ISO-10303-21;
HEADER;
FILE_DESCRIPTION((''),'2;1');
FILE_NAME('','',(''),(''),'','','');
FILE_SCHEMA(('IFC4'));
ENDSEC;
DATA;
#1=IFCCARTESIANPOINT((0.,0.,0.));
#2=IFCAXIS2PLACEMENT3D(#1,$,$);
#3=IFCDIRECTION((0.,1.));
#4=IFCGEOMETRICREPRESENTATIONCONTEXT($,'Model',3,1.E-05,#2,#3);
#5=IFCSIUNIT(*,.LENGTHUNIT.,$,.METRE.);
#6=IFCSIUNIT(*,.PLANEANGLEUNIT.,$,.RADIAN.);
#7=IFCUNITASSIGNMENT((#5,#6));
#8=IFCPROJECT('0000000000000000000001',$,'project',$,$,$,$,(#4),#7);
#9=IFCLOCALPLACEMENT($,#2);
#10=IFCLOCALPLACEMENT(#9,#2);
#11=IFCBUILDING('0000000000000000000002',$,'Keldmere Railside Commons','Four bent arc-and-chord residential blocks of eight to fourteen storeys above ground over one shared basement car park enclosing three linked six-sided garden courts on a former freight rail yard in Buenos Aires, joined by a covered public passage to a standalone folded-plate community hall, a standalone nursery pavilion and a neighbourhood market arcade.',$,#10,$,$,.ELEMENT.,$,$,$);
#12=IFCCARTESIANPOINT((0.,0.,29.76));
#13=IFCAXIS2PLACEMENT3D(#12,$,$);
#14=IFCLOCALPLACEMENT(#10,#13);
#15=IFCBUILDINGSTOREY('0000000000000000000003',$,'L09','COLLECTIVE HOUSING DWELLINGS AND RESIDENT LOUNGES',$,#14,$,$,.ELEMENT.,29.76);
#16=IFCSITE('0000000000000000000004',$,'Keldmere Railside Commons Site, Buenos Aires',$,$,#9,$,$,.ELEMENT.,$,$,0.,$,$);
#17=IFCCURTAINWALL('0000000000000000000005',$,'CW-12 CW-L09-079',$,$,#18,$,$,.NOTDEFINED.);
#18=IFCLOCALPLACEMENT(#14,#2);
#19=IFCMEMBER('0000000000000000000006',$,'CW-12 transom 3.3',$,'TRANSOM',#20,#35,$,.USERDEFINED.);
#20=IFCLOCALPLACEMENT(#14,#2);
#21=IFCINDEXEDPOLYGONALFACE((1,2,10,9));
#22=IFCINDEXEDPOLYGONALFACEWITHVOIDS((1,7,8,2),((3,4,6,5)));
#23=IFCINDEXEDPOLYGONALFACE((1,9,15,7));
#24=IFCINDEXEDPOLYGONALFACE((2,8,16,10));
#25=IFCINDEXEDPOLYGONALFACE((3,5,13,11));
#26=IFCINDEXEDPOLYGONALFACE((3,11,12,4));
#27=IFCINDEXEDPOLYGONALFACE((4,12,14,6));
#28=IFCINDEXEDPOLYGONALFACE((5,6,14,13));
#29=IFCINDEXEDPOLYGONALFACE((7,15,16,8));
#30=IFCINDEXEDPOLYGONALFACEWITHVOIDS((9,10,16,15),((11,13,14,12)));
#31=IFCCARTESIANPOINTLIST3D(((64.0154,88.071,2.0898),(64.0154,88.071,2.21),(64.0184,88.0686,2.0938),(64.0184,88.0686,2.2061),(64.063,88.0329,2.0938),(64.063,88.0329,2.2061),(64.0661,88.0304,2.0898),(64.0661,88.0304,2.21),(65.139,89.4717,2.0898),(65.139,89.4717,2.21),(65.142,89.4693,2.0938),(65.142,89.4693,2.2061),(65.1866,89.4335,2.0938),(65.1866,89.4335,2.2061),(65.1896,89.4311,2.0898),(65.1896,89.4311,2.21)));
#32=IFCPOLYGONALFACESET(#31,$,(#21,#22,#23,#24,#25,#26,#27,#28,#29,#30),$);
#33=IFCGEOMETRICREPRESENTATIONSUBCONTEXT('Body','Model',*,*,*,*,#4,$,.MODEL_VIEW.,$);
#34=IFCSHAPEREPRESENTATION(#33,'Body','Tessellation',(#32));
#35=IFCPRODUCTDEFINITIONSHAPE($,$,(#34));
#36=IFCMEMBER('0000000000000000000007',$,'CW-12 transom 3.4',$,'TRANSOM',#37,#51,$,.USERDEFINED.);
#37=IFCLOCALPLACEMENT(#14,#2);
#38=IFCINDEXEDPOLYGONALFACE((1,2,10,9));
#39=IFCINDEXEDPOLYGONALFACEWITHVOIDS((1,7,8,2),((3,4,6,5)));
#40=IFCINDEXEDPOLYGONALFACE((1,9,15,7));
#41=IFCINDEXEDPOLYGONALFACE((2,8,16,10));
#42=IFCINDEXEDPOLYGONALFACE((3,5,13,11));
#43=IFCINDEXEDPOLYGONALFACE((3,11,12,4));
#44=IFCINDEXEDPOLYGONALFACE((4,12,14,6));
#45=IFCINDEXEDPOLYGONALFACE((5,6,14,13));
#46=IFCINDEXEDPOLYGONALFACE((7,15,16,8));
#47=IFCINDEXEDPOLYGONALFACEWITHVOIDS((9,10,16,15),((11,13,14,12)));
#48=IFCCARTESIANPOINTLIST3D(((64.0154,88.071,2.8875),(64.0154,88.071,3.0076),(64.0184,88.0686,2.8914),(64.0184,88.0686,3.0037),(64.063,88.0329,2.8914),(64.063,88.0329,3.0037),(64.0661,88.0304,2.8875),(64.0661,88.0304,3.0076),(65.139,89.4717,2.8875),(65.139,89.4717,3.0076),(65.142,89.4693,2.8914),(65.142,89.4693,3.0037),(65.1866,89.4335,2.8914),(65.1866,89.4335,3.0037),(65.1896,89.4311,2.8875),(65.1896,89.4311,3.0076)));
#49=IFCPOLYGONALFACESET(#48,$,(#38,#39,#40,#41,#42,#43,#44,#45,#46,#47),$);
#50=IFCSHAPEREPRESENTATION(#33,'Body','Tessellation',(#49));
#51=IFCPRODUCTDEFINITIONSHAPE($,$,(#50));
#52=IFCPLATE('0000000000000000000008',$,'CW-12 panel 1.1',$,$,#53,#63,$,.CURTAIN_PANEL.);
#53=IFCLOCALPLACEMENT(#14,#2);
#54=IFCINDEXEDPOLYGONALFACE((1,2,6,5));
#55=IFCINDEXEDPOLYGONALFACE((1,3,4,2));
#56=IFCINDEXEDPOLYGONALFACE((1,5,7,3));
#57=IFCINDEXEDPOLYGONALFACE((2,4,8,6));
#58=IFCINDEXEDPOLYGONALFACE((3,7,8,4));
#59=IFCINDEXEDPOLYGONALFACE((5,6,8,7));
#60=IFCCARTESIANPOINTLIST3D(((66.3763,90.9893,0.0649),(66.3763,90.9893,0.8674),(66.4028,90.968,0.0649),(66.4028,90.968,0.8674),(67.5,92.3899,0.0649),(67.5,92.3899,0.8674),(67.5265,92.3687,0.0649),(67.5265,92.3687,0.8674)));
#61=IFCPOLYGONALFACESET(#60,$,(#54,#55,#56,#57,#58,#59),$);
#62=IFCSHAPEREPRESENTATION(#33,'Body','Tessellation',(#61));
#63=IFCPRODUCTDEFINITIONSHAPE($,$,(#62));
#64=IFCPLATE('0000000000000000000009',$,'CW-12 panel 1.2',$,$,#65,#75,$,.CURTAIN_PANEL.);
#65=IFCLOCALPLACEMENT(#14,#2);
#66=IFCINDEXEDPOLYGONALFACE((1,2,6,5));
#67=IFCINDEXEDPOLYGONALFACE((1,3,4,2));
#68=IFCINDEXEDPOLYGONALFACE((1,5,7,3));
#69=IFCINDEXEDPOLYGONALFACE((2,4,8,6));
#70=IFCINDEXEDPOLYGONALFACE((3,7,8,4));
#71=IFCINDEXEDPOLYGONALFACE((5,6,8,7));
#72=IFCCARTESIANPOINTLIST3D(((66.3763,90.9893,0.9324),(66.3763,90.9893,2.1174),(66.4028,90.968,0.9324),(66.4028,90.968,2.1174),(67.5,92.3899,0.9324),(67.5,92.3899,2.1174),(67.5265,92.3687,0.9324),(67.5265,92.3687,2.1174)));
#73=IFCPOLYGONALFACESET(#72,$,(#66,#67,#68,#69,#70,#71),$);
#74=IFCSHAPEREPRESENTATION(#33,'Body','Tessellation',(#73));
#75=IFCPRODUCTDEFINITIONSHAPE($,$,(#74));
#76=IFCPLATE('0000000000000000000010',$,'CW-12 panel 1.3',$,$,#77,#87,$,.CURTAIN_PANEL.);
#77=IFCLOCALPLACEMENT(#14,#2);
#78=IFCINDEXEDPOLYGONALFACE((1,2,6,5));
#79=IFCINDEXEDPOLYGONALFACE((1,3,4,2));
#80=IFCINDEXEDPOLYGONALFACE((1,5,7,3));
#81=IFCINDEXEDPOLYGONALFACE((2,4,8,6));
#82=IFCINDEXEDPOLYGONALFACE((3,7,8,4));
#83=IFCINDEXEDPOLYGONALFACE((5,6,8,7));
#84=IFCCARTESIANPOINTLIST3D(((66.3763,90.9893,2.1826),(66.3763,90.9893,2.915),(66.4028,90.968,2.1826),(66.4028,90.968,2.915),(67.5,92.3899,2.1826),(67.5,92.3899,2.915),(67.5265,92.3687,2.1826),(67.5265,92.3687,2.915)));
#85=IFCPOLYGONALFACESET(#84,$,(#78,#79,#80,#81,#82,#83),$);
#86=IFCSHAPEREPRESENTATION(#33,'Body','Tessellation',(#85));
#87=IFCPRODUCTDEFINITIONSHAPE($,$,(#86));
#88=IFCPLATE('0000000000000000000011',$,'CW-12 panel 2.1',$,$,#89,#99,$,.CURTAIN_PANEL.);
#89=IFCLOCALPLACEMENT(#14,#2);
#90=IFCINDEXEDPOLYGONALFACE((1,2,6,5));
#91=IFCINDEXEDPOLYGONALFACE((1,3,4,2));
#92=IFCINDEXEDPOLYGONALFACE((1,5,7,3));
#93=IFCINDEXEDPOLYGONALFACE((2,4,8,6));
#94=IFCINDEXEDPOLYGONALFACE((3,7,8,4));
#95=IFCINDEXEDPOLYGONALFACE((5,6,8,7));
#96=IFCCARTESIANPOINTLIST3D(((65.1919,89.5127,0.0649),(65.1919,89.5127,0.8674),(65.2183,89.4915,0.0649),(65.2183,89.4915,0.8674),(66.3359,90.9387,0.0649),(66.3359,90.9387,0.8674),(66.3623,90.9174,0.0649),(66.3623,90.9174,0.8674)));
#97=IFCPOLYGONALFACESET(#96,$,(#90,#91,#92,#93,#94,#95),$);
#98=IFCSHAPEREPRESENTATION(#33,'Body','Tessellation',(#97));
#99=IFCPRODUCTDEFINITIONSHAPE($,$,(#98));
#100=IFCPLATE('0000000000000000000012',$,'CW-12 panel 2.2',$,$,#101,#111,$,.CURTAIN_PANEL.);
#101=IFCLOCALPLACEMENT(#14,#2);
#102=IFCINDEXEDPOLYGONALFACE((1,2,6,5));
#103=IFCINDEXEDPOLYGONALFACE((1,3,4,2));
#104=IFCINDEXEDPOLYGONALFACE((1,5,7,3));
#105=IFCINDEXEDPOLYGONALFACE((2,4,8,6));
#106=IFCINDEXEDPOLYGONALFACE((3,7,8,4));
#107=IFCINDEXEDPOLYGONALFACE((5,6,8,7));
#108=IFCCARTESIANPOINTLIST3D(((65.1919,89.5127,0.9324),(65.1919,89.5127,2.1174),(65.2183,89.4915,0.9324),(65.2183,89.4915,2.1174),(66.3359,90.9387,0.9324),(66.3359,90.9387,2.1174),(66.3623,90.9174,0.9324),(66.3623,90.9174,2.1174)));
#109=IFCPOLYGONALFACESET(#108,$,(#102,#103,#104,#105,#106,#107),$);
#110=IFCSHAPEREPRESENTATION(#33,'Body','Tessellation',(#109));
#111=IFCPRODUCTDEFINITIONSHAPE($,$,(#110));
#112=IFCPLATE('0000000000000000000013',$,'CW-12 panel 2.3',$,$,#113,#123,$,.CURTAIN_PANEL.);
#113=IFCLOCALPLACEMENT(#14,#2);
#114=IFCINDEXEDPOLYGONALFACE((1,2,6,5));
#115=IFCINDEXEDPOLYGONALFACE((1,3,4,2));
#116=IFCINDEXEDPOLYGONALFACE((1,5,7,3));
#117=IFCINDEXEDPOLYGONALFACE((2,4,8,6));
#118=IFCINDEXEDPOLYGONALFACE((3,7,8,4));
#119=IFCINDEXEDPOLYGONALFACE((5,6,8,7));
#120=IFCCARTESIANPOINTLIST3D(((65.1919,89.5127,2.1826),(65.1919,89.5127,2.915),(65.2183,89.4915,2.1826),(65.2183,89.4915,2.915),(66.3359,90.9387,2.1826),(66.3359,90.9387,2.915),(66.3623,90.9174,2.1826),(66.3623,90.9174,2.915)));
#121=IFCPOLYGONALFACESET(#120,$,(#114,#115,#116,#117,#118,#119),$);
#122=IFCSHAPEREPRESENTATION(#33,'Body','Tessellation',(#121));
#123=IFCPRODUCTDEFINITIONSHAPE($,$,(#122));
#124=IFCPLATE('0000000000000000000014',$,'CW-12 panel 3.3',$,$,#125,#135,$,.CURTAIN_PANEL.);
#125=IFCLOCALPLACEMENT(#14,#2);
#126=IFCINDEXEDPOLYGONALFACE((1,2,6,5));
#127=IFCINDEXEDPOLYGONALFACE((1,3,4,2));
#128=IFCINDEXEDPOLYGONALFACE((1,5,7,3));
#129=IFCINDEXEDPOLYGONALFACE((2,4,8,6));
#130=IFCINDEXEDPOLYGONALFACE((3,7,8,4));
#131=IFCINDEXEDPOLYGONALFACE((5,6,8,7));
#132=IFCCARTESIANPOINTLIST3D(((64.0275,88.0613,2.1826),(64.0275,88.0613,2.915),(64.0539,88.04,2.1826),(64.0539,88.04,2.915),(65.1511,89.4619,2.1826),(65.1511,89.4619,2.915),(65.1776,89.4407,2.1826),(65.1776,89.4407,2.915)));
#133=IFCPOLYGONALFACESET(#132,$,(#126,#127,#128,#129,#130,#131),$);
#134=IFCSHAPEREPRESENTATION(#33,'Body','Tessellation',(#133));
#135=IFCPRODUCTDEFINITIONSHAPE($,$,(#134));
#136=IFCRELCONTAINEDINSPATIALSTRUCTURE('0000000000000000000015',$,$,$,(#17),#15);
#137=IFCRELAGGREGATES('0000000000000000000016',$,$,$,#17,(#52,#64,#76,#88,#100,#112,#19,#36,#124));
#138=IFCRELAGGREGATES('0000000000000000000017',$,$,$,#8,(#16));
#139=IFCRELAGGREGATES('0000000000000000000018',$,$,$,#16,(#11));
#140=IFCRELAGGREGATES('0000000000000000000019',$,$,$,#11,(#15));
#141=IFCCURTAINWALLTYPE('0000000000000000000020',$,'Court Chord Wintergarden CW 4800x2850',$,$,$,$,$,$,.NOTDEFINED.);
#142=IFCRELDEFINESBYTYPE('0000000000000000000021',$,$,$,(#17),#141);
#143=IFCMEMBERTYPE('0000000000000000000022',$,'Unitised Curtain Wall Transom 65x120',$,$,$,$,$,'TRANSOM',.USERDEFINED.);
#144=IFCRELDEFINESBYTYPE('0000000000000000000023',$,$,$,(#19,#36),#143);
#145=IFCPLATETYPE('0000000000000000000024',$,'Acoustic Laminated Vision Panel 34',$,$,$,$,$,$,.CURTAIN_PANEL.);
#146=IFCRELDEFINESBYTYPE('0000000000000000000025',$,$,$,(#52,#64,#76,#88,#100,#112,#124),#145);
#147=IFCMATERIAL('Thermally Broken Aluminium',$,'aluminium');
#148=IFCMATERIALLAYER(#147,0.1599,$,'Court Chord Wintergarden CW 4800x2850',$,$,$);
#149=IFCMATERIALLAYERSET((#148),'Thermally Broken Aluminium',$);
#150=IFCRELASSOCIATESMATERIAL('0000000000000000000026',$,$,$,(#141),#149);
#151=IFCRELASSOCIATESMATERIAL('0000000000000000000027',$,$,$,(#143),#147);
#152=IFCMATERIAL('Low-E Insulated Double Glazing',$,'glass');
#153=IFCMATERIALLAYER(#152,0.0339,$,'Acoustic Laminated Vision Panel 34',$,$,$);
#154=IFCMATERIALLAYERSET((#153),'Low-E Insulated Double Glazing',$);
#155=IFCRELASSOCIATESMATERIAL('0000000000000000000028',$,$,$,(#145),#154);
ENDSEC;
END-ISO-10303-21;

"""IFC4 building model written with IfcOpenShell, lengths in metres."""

from ifc_helpers import new_model, si_unit, direction, frame, origin, origin_2d, place, context, subcontext, project, spatial, rectangle, hollow_rectangle, extrude, material, layer, layer_set, material_profile, profile_set, type_object, element, aggregate, save


model = new_model("IFC4")

# Units and contexts
model_context = context("Model", 3, precision=1e-05, world=origin(), true_north=direction((0.0, 1.0)))
body_context = subcontext(model_context, "Body", "Model", "MODEL_VIEW")
ifc_project = project(units=[si_unit("LENGTHUNIT", "METRE"), si_unit("PLANEANGLEUNIT", "RADIAN")], contexts=[model_context])

# Site, building, storey
site_placement = place(None, origin())
site = spatial("IfcSite", under=ifc_project, at=site_placement, Name="Keldmere Railside Commons Site, Buenos Aires", CompositionType="ELEMENT", RefElevation=0.0)
building_placement = place(site_placement, origin())
building = spatial("IfcBuilding", under=site, at=building_placement, Name="Keldmere Railside Commons", Description="Four bent arc-and-chord residential blocks of eight to fourteen storeys above ground over one shared basement car park enclosing three linked six-sided garden courts on a former freight rail yard in Buenos Aires, joined by a covered public passage to a standalone folded-plate community hall, a standalone nursery pavilion and a neighbourhood market arcade.", CompositionType="ELEMENT")
storey_placement = place(building_placement, frame((0.0, 0.0, 29.76)))
storey = spatial("IfcBuildingStorey", under=building, at=storey_placement, Name="L09", Description="COLLECTIVE HOUSING DWELLINGS AND RESIDENT LOUNGES", CompositionType="ELEMENT", Elevation=29.76)

# Curtain wall, members, plates
ifc_material_1 = material(Name="Thermally Broken Aluminium", Category="aluminium")
ifc_layer_1 = layer(ifc_material_1, 0.1599, Name="Court Chord Wintergarden CW 4800x2850")
ifc_layer_set_1 = layer_set([ifc_layer_1], Name="Thermally Broken Aluminium")
curtain_wall_type = type_object("IfcCurtainWallType", Name="Court Chord Wintergarden CW 4800x2850", PredefinedType="NOTDEFINED", material=ifc_layer_set_1)
curtain_wall_placement = place(storey_placement, origin())
curtain_wall = element("IfcCurtainWall", 1, at=curtain_wall_placement, inside=storey, type_object=curtain_wall_type, Name="CW-12 CW-L09-079", PredefinedType="NOTDEFINED")
ifc_material_profile_1 = material_profile(ifc_material_1, hollow_rectangle(XDim=0.0649, YDim=0.1201, WallThickness=0.0039, at=origin_2d()), Name="ALU-TRAN-65x120")
ifc_profile_set_1 = profile_set([ifc_material_profile_1], Name="Thermally Broken Aluminium")
member_type_1 = type_object("IfcMemberType", Name="Unitised Curtain Wall Transom 65x120", ElementType="TRANSOM", PredefinedType="USERDEFINED", material=ifc_profile_set_1)
member_1_placement = place(storey_placement, frame((65.1643, 89.4514, 2.1499), z_axis=(-0.625723, -0.780046, 0.0), x_axis=(0.780046, -0.625723, 0.0)))
member_1 = element("IfcMember", 2, at=member_1_placement, type_object=member_type_1, Name="CW-12 transom 3.3", ObjectType="TRANSOM", PredefinedType="USERDEFINED", context=body_context, shape_type="SweptSolid", body=[
    extrude(hollow_rectangle(XDim=0.0649, YDim=0.1201, WallThickness=0.0039, at=origin_2d()), origin(), (0.0, 0.0, 1.0), 1.7957),
])
member_2_placement = place(storey_placement, frame((65.1643, 89.4514, 2.9475), z_axis=(-0.625723, -0.780046, 0.0), x_axis=(0.780046, -0.625723, 0.0)))
member_2 = element("IfcMember", 3, at=member_2_placement, type_object=member_type_1, Name="CW-12 transom 3.4", ObjectType="TRANSOM", PredefinedType="USERDEFINED", context=body_context, shape_type="SweptSolid", body=[
    extrude(hollow_rectangle(XDim=0.0649, YDim=0.1201, WallThickness=0.0039, at=origin_2d()), origin(), (0.0, 0.0, 1.0), 1.7957),
])
ifc_material_2 = material(Name="Low-E Insulated Double Glazing", Category="glass")
ifc_layer_2 = layer(ifc_material_2, 0.0339, Name="Acoustic Laminated Vision Panel 34")
ifc_layer_set_2 = layer_set([ifc_layer_2], Name="Low-E Insulated Double Glazing")
plate_type = type_object("IfcPlateType", Name="Acoustic Laminated Vision Panel 34", PredefinedType="CURTAIN_PANEL", material=ifc_layer_set_2)
plate_1_placement = place(storey_placement, frame((66.9514, 91.679, 0.0649), z_axis=(0.0, 0.0, 1.0), x_axis=(-0.625768, -0.780009, 0.0)))
plate_1 = element("IfcPlate", 4, at=plate_1_placement, type_object=plate_type, Name="CW-12 panel 1.1", PredefinedType="CURTAIN_PANEL", context=body_context, shape_type="SweptSolid", body=[
    extrude(rectangle(XDim=1.7957, YDim=0.0339, at=origin_2d()), origin(), (0.0, 0.0, 1.0), 0.8025),
])
plate_2_placement = place(storey_placement, frame((66.9514, 91.679, 0.9324), z_axis=(0.0, 0.0, 1.0), x_axis=(-0.625768, -0.780009, 0.0)))
plate_2 = element("IfcPlate", 5, at=plate_2_placement, type_object=plate_type, Name="CW-12 panel 1.2", PredefinedType="CURTAIN_PANEL", context=body_context, shape_type="SweptSolid", body=[
    extrude(rectangle(XDim=1.7957, YDim=0.0339, at=origin_2d()), origin(), (0.0, 0.0, 1.0), 1.1851),
])
plate_3_placement = place(storey_placement, frame((66.9514, 91.679, 2.1826), z_axis=(0.0, 0.0, 1.0), x_axis=(-0.625768, -0.780009, 0.0)))
plate_3 = element("IfcPlate", 6, at=plate_3_placement, type_object=plate_type, Name="CW-12 panel 1.3", PredefinedType="CURTAIN_PANEL", context=body_context, shape_type="SweptSolid", body=[
    extrude(rectangle(XDim=1.7957, YDim=0.0339, at=origin_2d()), origin(), (0.0, 0.0, 1.0), 0.7324),
])
plate_4_placement = place(storey_placement, frame((65.7771, 90.2151, 0.0649), z_axis=(0.0, 0.0, 1.0), x_axis=(-0.625768, -0.780009, 0.0)))
plate_4 = element("IfcPlate", 7, at=plate_4_placement, type_object=plate_type, Name="CW-12 panel 2.1", PredefinedType="CURTAIN_PANEL", context=body_context, shape_type="SweptSolid", body=[
    extrude(rectangle(XDim=1.8281, YDim=0.0339, at=origin_2d()), origin(), (0.0, 0.0, 1.0), 0.8025),
])
plate_5_placement = place(storey_placement, frame((65.7771, 90.2151, 0.9324), z_axis=(0.0, 0.0, 1.0), x_axis=(-0.625768, -0.780009, 0.0)))
plate_5 = element("IfcPlate", 8, at=plate_5_placement, type_object=plate_type, Name="CW-12 panel 2.2", PredefinedType="CURTAIN_PANEL", context=body_context, shape_type="SweptSolid", body=[
    extrude(rectangle(XDim=1.8281, YDim=0.0339, at=origin_2d()), origin(), (0.0, 0.0, 1.0), 1.1851),
])
plate_6_placement = place(storey_placement, frame((65.7771, 90.2151, 2.1826), z_axis=(0.0, 0.0, 1.0), x_axis=(-0.625768, -0.780009, 0.0)))
plate_6 = element("IfcPlate", 9, at=plate_6_placement, type_object=plate_type, Name="CW-12 panel 2.3", PredefinedType="CURTAIN_PANEL", context=body_context, shape_type="SweptSolid", body=[
    extrude(rectangle(XDim=1.8281, YDim=0.0339, at=origin_2d()), origin(), (0.0, 0.0, 1.0), 0.7324),
])
plate_7_placement = place(storey_placement, frame((64.6025, 88.751, 2.1826), z_axis=(0.0, 0.0, 1.0), x_axis=(-0.625768, -0.780009, 0.0)))
plate_7 = element("IfcPlate", 10, at=plate_7_placement, type_object=plate_type, Name="CW-12 panel 3.3", PredefinedType="CURTAIN_PANEL", context=body_context, shape_type="SweptSolid", body=[
    extrude(rectangle(XDim=1.7957, YDim=0.0339, at=origin_2d()), origin(), (0.0, 0.0, 1.0), 0.7324),
])
aggregate(curtain_wall, [plate_1, plate_2, plate_3, plate_4, plate_5, plate_6, member_1, member_2, plate_7])

save(model, "model.ifc")
